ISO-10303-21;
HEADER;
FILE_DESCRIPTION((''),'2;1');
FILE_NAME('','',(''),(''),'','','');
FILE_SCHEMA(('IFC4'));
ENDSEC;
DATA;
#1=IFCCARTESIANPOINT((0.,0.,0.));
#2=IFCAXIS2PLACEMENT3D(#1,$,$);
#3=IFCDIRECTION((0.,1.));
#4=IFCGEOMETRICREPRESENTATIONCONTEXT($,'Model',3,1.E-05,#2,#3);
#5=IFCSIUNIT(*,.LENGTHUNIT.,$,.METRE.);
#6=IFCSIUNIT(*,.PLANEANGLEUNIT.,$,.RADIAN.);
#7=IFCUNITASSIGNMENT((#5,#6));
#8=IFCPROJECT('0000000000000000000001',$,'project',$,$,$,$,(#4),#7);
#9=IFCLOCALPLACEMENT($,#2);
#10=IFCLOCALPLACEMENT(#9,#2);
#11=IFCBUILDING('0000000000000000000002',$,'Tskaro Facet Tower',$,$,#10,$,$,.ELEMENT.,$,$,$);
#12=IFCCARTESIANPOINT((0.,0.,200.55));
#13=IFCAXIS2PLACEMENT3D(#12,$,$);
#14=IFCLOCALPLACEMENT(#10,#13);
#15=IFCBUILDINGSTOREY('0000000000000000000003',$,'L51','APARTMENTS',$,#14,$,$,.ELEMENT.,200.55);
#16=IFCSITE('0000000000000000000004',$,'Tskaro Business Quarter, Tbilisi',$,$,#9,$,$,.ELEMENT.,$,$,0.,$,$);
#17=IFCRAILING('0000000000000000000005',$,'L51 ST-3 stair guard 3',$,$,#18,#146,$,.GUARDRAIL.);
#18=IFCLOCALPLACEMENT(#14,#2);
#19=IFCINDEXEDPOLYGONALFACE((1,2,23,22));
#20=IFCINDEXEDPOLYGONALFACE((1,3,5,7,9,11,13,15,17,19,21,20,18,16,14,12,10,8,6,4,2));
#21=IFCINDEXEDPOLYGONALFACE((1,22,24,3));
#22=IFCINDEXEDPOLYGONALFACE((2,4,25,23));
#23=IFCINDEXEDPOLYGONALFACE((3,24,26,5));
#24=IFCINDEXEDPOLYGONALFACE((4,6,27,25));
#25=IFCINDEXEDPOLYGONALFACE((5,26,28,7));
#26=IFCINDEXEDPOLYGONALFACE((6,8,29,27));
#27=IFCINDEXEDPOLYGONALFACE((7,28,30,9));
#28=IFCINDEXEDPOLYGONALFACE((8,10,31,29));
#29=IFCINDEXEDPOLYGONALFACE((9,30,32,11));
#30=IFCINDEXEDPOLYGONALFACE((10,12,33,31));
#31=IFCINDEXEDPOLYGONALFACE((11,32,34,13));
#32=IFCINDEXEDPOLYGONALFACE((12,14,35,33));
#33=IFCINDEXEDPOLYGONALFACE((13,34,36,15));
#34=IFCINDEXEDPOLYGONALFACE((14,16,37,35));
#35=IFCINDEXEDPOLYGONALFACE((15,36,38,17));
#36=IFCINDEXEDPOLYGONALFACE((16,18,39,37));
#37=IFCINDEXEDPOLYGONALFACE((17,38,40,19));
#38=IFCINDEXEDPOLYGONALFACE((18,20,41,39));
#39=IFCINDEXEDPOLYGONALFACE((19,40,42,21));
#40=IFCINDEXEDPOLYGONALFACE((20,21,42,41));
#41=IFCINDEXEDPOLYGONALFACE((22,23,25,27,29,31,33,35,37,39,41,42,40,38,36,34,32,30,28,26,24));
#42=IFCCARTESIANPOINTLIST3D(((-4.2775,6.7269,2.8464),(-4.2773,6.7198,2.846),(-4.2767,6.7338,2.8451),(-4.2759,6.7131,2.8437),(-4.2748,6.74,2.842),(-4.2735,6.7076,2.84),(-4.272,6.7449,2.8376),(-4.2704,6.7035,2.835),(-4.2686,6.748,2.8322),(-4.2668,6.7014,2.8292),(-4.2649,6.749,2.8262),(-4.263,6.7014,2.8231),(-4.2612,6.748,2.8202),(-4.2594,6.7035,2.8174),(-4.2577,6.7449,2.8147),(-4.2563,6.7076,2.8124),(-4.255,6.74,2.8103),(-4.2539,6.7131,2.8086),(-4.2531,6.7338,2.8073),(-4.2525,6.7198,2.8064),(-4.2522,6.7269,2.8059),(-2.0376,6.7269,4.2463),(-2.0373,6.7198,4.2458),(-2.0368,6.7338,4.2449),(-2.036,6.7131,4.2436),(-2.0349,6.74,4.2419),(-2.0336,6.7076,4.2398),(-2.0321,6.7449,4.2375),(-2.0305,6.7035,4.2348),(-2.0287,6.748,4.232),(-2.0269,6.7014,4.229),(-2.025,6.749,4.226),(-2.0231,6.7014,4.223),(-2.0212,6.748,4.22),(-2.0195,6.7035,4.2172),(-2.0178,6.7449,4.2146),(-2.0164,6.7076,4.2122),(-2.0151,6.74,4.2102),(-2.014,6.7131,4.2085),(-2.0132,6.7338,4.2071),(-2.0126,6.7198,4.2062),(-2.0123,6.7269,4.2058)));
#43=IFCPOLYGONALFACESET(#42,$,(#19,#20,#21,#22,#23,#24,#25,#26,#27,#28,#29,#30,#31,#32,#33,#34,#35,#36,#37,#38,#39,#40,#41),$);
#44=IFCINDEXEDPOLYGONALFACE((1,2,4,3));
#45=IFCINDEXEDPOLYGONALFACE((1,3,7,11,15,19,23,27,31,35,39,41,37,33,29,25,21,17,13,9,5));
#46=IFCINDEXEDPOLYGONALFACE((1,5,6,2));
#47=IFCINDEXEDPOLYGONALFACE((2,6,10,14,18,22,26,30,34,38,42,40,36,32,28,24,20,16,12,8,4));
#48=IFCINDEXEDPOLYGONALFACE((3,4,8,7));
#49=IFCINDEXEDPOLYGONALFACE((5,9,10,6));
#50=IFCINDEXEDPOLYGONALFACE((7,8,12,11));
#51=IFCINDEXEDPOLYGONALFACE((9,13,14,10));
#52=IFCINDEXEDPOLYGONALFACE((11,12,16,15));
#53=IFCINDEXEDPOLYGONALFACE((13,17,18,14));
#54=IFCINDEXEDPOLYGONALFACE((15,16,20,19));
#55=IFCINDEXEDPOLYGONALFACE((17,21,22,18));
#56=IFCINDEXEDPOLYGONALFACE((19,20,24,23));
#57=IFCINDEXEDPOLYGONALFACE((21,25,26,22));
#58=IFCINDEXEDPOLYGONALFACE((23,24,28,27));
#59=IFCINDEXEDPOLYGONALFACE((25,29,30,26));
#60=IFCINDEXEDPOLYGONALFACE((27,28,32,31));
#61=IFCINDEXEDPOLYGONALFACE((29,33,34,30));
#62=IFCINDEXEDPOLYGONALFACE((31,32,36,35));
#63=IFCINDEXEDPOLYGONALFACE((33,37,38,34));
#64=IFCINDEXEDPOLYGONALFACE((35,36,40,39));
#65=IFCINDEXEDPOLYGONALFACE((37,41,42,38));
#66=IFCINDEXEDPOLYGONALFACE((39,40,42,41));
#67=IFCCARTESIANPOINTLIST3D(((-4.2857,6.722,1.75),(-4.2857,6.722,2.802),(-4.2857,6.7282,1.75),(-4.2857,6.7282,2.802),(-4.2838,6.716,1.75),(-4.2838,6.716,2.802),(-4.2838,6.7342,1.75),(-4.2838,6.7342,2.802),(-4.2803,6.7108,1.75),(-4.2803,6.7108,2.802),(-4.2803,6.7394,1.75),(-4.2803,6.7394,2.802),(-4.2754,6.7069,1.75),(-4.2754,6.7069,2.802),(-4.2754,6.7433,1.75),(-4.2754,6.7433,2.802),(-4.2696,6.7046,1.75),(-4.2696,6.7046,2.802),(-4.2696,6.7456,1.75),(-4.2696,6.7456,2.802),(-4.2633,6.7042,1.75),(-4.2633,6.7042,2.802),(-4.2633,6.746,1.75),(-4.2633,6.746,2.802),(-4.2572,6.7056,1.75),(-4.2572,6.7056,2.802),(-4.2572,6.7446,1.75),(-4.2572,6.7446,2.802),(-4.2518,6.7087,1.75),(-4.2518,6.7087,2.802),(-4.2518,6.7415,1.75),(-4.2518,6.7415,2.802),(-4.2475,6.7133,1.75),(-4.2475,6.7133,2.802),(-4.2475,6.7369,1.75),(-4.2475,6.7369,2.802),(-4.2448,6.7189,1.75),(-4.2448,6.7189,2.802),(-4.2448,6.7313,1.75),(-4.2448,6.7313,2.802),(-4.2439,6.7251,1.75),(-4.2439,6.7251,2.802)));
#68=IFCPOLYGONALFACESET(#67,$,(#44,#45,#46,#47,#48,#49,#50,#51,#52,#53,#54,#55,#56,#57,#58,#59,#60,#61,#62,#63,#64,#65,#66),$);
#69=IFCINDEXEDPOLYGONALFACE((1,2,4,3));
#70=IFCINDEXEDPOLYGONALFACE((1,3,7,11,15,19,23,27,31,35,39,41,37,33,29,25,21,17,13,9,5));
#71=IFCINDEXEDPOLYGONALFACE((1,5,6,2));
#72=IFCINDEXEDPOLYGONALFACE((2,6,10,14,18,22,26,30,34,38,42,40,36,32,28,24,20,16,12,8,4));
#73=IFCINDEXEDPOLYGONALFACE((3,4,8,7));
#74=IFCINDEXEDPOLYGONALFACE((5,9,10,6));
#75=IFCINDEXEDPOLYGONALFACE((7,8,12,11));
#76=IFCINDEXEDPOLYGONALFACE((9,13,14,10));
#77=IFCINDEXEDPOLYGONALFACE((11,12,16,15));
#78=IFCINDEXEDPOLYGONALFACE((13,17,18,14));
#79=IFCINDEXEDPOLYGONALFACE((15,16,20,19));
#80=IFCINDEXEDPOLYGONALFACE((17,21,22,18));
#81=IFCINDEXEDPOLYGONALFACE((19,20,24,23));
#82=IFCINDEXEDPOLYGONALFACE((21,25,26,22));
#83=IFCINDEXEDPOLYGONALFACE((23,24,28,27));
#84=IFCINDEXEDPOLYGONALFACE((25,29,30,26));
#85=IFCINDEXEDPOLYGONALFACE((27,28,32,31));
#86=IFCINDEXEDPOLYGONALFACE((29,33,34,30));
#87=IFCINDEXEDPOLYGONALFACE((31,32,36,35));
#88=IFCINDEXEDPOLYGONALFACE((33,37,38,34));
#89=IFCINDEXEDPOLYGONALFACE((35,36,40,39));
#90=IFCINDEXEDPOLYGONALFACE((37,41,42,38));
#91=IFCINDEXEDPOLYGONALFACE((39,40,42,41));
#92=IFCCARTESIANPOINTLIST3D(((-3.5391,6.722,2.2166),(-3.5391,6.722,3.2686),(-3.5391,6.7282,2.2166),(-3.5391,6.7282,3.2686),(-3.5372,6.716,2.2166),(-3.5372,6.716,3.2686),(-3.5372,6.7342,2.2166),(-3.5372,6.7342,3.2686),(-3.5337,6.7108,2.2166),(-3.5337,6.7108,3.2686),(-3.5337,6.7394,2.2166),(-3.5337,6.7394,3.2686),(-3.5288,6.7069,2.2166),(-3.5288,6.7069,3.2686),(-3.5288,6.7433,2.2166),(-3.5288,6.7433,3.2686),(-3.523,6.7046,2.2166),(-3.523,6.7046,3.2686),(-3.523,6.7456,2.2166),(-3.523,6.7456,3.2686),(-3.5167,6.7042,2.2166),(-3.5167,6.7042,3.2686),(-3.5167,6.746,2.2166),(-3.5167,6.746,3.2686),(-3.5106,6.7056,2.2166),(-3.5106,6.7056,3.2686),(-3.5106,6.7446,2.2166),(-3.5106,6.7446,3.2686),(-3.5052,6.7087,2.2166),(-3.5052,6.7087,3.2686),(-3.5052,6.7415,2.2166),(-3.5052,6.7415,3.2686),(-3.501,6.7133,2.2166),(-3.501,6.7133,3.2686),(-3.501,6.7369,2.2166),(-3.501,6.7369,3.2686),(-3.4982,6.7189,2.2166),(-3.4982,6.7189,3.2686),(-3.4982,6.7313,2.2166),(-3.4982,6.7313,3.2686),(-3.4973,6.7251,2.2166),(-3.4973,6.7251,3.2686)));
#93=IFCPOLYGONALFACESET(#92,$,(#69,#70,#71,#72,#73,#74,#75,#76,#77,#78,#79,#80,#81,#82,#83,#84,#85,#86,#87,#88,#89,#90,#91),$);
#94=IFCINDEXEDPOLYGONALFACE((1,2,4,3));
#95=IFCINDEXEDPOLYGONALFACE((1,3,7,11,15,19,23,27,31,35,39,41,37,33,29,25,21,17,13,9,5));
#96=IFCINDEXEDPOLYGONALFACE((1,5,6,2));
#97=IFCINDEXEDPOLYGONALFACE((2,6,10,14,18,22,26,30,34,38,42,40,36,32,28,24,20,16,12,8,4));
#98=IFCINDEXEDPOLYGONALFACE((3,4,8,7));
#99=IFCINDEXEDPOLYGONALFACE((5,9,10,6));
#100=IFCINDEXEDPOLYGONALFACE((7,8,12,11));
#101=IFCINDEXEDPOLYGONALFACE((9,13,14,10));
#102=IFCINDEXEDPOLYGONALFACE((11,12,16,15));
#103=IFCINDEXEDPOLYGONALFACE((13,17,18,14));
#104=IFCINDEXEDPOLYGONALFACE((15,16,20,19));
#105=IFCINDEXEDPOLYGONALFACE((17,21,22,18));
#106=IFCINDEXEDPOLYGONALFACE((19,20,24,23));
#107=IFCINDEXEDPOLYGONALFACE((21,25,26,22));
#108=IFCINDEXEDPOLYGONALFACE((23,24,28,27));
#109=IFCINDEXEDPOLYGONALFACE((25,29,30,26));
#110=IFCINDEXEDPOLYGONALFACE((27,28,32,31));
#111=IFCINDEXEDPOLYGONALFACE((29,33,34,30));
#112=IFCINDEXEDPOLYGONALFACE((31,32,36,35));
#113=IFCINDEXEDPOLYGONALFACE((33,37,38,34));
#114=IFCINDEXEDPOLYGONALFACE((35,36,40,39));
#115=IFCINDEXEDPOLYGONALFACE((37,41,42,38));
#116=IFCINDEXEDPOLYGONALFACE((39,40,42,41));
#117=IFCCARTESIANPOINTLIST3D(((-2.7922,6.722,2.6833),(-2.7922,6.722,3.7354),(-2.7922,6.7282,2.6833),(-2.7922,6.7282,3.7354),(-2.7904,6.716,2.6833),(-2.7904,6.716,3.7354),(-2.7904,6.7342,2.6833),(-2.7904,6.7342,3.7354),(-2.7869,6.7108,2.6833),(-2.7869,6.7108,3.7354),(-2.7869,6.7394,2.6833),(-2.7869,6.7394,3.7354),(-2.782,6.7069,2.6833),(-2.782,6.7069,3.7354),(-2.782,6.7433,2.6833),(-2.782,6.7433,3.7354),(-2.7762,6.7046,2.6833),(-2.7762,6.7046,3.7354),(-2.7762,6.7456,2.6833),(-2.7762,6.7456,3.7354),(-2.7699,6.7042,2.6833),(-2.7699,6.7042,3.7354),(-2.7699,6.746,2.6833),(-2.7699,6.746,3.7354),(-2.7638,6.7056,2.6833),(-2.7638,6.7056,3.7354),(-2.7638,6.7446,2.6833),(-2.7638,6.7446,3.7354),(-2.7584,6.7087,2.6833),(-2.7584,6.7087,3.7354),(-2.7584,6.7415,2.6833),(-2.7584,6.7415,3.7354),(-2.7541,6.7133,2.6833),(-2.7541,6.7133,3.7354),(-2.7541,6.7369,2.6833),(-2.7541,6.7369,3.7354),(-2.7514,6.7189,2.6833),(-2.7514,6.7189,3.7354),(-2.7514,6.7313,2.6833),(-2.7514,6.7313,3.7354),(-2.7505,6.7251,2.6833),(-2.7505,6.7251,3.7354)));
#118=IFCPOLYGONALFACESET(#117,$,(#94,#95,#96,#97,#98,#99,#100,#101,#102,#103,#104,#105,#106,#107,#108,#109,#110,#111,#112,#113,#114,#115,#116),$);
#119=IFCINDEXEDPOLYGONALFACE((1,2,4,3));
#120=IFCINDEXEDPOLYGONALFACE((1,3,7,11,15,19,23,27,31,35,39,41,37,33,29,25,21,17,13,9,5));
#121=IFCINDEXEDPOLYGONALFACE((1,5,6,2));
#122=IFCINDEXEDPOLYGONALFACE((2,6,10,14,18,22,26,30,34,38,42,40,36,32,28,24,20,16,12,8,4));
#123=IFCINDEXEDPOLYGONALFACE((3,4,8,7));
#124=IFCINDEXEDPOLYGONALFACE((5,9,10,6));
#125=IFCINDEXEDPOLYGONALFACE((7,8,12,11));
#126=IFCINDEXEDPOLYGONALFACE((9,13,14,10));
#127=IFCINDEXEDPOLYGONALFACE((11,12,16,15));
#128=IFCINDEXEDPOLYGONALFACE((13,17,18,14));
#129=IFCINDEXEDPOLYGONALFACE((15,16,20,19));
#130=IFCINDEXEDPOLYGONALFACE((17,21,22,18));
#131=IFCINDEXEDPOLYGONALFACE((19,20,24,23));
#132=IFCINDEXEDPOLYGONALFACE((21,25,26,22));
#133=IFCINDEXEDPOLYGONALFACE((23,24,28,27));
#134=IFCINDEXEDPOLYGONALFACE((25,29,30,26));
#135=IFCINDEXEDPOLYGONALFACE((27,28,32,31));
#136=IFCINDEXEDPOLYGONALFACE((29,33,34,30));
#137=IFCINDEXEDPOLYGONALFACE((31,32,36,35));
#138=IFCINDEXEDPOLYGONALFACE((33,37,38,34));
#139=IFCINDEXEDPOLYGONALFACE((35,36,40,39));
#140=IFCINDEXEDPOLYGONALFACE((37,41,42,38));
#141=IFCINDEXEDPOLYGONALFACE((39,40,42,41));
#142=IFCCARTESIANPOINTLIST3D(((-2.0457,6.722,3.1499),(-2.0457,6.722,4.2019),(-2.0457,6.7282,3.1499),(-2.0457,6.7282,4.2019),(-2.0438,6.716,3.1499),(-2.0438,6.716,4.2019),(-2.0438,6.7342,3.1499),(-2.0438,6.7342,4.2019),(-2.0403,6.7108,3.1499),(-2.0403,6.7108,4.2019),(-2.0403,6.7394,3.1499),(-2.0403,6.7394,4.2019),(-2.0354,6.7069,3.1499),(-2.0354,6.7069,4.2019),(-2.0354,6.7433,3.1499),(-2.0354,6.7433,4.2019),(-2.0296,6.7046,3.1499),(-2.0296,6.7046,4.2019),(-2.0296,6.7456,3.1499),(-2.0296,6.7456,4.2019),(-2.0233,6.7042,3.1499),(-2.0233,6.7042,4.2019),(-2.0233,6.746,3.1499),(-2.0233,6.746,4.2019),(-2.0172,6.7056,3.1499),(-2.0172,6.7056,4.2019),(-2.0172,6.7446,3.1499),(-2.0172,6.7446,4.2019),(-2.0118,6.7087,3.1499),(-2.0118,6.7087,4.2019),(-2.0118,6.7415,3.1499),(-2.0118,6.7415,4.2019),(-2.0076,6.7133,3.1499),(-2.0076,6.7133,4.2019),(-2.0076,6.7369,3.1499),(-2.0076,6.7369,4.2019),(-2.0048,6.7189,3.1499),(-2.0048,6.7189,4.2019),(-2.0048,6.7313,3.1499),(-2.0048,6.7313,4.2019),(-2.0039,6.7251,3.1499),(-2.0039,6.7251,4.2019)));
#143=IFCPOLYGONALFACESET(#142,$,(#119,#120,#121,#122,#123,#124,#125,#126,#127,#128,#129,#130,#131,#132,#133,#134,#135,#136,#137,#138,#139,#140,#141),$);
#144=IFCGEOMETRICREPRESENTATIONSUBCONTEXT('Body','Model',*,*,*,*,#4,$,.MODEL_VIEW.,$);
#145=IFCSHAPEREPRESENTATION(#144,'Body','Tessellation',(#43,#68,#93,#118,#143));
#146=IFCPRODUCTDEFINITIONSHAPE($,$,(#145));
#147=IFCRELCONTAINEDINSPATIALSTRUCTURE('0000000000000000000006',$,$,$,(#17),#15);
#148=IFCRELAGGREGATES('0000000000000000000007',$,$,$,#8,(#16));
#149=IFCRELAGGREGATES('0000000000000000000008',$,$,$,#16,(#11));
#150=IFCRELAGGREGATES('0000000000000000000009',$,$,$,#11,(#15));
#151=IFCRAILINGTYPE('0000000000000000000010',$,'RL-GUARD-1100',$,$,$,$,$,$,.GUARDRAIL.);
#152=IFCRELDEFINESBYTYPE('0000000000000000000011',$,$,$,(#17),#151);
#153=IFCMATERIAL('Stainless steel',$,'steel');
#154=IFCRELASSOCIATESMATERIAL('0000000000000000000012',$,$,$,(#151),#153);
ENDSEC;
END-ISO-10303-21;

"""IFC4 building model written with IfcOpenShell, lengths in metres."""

from ifc_helpers import new_model, si_unit, direction, frame, origin, origin_2d, place, context, subcontext, project, spatial, circle, extrude, material, type_object, element, save


model = new_model("IFC4")

# Units and contexts
model_context = context("Model", 3, precision=1e-05, world=origin(), true_north=direction((0.0, 1.0)))
body_context = subcontext(model_context, "Body", "Model", "MODEL_VIEW")
ifc_project = project(units=[si_unit("LENGTHUNIT", "METRE"), si_unit("PLANEANGLEUNIT", "RADIAN")], contexts=[model_context])

# Site, building, storey
site_placement = place(None, origin())
site = spatial("IfcSite", under=ifc_project, at=site_placement, Name="Tskaro Business Quarter, Tbilisi", CompositionType="ELEMENT", RefElevation=0.0)
building_placement = place(site_placement, origin())
building = spatial("IfcBuilding", under=site, at=building_placement, Name="Tskaro Facet Tower", CompositionType="ELEMENT")
storey_placement = place(building_placement, frame((0.0, 0.0, 200.55)))
storey = spatial("IfcBuildingStorey", under=building, at=storey_placement, Name="L51", Description="APARTMENTS", CompositionType="ELEMENT", Elevation=200.55)

# Railing
ifc_material_1 = material(Name="Stainless steel", Category="steel")
railing_type_1 = type_object("IfcRailingType", Name="RL-GUARD-1100", PredefinedType="GUARDRAIL", material=ifc_material_1)
railing_1_placement = place(storey_placement, frame((-4.2649, 6.7251, 1.75)))
element("IfcRailing", 1, at=railing_1_placement, inside=storey, type_object=railing_type_1, Name="L51 ST-3 stair guard 3", PredefinedType="GUARDRAIL", context=body_context, shape_type="SweptSolid", body=[
    extrude(circle(Radius=0.0239, at=origin_2d()), frame((0.0, 0.0, 1.0762), z_axis=(0.848014, 0.0, 0.529974), x_axis=(0.0, 1.0, 0.0)), (0.0, 0.0, 1.0), 2.6414),
    extrude(circle(Radius=0.021, at=origin_2d()), origin(), (0.0, 0.0, 1.0), 1.052),
    extrude(circle(Radius=0.021, at=origin_2d()), frame((0.7466, 0.0, 0.4666)), (0.0, 0.0, 1.0), 1.052),
    extrude(circle(Radius=0.021, at=origin_2d()), frame((1.4934, 0.0, 0.9333)), (0.0, 0.0, 1.0), 1.052),
    extrude(circle(Radius=0.021, at=origin_2d()), frame((2.24, 0.0, 1.3999)), (0.0, 0.0, 1.0), 1.052),
])

save(model, "model.ifc")
